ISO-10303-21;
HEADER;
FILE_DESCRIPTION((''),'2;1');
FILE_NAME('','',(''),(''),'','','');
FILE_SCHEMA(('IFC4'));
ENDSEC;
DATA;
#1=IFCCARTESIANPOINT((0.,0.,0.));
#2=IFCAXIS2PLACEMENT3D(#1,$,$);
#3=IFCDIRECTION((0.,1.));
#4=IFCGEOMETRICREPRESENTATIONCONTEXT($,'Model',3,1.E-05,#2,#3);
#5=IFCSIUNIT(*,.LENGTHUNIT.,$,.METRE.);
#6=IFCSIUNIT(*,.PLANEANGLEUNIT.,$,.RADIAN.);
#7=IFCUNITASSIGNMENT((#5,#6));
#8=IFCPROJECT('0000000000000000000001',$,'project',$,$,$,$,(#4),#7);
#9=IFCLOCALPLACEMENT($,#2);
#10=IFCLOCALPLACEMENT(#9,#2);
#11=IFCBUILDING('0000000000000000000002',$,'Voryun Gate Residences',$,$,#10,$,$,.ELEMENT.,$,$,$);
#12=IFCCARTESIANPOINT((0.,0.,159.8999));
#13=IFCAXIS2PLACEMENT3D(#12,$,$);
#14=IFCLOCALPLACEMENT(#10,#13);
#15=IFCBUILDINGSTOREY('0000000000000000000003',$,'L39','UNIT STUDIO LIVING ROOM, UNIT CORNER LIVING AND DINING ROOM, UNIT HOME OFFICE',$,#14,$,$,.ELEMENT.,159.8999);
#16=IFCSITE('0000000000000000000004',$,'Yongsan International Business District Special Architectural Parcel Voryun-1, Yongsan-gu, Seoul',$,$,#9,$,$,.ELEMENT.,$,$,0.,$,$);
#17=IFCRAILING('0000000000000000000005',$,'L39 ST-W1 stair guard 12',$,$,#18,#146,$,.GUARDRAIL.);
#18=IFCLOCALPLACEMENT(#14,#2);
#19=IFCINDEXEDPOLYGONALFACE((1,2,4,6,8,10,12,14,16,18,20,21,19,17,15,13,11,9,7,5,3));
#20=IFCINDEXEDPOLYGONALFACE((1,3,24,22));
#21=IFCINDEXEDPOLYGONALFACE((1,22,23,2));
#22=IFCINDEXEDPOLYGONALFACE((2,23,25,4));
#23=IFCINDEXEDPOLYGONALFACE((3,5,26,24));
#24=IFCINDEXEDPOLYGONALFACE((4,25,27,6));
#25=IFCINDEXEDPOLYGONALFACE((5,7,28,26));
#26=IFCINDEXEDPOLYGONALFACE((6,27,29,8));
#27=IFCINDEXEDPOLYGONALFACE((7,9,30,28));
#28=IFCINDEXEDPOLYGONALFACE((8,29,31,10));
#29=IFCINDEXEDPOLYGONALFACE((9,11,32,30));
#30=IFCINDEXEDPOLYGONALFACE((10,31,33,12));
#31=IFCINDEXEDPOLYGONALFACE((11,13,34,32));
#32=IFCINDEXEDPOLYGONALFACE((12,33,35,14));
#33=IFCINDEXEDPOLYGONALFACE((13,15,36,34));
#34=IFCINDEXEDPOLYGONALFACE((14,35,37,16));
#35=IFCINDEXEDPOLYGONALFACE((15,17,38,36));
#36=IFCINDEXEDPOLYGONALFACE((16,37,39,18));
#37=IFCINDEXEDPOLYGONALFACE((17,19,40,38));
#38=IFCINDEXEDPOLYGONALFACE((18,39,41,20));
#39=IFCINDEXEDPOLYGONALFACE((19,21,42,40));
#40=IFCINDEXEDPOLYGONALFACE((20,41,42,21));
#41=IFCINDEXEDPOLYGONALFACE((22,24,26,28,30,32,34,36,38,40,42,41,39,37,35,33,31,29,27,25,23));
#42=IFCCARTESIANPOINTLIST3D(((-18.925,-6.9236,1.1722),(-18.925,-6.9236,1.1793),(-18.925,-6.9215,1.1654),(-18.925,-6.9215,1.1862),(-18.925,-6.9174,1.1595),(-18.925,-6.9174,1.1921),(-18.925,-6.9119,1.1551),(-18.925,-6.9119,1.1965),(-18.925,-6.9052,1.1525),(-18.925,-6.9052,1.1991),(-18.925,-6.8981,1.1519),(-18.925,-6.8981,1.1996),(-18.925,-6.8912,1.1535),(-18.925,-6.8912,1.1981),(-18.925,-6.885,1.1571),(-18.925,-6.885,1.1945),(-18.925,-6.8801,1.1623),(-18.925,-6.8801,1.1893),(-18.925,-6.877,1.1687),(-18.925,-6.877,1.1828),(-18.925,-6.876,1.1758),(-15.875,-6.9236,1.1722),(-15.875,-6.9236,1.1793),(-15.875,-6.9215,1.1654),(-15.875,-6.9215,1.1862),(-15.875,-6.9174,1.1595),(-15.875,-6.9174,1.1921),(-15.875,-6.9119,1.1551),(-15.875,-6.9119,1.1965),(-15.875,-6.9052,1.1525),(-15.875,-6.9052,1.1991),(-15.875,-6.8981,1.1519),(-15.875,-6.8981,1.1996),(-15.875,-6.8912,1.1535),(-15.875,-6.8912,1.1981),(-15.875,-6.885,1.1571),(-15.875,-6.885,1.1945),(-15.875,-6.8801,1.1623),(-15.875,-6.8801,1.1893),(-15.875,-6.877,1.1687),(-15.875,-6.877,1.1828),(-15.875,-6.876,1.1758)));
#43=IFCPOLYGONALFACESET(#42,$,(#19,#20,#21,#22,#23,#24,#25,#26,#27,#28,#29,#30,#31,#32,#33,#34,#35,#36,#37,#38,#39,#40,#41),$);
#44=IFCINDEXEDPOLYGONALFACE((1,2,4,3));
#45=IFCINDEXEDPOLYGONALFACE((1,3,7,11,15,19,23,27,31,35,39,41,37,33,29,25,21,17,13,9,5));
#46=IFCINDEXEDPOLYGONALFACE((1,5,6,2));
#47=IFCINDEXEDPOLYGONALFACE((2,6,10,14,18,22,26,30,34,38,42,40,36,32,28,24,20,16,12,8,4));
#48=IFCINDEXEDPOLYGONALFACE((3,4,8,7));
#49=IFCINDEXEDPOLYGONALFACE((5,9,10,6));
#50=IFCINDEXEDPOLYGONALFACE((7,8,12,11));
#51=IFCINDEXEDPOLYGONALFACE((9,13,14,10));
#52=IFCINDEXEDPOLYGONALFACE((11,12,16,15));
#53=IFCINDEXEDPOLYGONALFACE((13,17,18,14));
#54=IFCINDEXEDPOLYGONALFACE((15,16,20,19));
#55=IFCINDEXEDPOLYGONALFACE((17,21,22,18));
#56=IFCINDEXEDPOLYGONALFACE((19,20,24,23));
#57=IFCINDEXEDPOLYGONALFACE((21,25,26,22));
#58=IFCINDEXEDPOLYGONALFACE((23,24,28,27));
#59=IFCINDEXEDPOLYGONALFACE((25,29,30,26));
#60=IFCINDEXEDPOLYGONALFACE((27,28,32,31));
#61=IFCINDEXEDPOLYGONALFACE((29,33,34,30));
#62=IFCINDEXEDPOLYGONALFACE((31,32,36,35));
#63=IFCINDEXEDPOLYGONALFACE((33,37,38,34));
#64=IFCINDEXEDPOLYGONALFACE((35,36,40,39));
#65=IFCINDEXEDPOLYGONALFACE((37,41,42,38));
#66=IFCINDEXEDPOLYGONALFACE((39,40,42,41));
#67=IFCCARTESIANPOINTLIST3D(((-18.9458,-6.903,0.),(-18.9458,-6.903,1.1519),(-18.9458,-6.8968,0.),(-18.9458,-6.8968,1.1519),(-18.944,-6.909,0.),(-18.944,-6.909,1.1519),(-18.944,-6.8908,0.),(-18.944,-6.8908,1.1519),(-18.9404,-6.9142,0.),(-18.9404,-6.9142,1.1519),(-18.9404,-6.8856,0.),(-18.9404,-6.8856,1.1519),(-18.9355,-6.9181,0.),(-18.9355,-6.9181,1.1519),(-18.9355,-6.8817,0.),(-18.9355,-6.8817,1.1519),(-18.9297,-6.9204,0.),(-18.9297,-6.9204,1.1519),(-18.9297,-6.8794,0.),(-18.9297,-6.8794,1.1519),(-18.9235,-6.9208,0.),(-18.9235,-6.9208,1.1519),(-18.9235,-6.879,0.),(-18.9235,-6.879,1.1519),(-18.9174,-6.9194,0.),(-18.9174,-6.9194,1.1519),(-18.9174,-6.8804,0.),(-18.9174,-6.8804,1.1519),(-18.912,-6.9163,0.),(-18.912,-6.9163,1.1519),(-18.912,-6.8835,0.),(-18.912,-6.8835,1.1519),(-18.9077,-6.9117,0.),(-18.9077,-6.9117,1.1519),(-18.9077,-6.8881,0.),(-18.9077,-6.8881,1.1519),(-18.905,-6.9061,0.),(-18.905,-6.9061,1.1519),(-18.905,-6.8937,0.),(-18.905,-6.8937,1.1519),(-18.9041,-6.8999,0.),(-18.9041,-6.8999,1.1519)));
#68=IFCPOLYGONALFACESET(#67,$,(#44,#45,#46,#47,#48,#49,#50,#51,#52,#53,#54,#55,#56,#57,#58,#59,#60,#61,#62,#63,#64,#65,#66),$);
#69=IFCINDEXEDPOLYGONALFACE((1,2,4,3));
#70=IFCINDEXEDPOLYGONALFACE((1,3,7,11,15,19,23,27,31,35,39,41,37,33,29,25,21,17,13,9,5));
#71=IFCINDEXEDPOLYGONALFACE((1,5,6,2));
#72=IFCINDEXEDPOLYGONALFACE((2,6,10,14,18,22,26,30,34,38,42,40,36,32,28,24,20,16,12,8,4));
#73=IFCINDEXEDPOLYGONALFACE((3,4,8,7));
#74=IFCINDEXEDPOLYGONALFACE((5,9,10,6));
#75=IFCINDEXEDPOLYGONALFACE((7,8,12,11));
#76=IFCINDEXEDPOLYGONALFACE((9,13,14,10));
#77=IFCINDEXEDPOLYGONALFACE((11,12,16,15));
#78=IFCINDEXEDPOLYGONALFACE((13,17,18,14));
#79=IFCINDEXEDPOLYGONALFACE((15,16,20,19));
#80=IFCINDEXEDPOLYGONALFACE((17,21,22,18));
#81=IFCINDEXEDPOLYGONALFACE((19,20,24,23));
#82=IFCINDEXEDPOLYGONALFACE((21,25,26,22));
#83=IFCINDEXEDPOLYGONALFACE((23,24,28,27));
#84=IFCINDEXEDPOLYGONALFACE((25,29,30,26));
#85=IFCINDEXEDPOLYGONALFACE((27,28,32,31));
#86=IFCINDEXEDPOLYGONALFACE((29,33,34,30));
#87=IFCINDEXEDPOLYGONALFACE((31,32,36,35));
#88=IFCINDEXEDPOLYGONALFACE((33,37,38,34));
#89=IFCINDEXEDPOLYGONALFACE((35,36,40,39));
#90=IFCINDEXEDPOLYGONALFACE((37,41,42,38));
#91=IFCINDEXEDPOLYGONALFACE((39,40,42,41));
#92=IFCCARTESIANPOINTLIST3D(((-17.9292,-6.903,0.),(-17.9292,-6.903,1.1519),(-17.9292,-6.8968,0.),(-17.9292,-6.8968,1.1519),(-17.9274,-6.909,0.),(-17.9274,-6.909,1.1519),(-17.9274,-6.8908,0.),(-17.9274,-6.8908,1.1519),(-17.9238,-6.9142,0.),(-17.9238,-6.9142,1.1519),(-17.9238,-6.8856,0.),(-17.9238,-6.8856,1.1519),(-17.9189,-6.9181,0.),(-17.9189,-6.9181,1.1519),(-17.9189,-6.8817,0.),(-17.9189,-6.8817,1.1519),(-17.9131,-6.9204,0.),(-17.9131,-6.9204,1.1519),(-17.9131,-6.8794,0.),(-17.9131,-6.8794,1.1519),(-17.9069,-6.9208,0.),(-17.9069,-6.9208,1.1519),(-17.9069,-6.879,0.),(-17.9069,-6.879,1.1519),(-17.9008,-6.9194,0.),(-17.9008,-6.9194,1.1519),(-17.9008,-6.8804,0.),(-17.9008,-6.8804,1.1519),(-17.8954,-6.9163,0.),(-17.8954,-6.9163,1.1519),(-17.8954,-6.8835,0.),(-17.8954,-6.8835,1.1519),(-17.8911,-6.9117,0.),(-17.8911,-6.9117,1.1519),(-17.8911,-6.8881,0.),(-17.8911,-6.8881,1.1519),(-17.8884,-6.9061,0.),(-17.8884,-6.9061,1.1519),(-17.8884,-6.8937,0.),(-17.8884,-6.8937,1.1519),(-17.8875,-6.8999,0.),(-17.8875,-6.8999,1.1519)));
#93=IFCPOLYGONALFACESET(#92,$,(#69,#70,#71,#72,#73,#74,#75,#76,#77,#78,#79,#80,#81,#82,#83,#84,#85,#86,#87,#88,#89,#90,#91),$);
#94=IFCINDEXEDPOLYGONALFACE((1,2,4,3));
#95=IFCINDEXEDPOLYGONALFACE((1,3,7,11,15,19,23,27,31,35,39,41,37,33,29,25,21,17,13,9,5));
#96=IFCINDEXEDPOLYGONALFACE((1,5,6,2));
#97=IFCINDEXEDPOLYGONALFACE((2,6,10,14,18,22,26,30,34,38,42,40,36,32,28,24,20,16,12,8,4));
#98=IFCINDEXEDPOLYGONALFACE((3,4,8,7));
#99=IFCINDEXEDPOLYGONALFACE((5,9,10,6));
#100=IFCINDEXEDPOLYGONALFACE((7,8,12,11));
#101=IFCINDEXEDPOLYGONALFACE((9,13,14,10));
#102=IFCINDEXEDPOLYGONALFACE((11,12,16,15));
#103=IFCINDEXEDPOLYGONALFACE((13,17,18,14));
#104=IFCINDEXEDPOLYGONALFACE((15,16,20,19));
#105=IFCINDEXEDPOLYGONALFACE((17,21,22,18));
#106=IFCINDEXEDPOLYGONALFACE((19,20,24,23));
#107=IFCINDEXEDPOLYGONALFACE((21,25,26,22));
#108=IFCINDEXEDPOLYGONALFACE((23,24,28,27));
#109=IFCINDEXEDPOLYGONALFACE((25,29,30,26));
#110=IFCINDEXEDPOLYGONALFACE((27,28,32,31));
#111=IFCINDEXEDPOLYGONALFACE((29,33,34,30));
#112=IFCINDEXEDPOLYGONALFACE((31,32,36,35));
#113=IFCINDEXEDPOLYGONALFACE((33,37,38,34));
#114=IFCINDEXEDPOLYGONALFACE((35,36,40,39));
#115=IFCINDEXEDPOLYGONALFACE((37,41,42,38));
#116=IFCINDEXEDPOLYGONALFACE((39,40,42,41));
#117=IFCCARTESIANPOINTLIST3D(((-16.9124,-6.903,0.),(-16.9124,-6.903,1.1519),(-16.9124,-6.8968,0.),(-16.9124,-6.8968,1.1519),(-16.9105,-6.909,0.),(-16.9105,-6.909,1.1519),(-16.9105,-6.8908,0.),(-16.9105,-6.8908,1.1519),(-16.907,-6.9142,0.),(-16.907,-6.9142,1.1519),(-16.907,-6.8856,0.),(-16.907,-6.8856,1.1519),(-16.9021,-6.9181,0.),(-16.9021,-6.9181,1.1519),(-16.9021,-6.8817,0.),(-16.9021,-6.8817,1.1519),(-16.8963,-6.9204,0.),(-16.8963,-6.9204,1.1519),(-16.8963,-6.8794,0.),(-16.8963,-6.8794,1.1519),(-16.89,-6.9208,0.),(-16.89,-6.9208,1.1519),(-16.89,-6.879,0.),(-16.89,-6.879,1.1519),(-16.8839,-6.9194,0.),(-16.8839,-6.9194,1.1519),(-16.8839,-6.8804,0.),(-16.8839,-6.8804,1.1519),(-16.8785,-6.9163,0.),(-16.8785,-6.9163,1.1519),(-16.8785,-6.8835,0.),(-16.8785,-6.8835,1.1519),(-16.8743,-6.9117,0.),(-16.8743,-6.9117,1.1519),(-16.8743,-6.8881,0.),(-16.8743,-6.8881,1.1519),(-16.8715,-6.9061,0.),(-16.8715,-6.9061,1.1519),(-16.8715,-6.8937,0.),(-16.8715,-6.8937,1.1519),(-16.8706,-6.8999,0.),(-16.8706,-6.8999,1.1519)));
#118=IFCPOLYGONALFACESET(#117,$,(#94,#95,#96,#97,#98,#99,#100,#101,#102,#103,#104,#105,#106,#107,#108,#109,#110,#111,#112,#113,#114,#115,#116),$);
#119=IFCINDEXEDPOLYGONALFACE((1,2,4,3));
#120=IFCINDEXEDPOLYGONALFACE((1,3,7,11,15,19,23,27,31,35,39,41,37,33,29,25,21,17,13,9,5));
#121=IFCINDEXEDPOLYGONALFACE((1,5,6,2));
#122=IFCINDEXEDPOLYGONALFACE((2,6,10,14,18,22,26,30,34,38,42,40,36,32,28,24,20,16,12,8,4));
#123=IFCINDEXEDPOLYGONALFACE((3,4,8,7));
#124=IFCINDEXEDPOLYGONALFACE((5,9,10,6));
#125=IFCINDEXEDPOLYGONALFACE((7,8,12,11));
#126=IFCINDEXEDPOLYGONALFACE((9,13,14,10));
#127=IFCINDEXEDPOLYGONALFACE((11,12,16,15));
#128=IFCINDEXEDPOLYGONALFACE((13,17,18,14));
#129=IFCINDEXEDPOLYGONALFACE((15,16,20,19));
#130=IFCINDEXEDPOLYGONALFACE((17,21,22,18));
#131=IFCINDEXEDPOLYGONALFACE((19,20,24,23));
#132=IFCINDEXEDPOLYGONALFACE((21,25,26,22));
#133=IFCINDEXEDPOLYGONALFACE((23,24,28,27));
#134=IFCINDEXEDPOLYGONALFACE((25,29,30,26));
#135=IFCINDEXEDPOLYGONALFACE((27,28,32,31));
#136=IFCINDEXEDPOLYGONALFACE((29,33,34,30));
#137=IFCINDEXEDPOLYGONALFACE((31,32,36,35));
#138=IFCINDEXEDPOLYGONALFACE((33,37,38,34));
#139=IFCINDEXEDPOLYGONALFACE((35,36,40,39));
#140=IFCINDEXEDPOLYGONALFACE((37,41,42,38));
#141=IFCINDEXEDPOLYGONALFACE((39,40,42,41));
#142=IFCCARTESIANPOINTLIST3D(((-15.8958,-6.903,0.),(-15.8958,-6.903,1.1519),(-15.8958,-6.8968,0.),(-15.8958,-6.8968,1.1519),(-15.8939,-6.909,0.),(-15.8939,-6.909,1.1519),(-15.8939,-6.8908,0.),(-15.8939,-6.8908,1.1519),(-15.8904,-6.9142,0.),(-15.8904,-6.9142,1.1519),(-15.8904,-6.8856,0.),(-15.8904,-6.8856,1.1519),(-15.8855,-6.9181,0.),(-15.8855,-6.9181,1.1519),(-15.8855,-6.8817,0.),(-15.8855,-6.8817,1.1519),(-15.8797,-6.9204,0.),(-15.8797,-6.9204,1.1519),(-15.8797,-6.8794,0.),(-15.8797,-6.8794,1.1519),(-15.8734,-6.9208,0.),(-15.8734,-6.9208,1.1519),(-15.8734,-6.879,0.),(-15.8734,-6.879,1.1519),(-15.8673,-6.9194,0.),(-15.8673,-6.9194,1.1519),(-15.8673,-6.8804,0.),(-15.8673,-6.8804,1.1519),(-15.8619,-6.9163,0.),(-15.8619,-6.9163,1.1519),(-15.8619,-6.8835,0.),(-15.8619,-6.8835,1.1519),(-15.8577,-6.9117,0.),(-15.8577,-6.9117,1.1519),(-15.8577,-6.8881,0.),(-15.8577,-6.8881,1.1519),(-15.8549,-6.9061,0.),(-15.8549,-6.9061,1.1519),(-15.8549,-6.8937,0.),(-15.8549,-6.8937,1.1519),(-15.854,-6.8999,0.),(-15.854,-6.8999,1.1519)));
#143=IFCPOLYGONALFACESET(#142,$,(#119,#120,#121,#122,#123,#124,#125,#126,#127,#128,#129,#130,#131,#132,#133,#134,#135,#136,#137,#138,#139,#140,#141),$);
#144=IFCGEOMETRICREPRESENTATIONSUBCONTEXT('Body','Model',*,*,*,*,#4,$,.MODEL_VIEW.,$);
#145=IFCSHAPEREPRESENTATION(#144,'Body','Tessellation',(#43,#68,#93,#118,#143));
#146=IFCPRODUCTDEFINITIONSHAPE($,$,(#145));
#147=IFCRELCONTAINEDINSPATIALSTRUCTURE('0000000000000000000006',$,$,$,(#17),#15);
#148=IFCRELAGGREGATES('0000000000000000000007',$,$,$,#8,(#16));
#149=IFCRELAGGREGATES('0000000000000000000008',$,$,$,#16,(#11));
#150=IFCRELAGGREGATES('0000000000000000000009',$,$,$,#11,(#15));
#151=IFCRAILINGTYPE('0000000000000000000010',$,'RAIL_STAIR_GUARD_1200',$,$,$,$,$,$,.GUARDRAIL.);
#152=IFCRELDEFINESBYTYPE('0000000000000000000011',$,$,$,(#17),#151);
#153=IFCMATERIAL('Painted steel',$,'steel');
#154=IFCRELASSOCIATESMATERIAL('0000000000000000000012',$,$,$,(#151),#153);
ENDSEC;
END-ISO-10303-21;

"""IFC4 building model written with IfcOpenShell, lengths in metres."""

from ifc_helpers import new_model, si_unit, direction, frame, origin, origin_2d, place, context, subcontext, project, spatial, circle, extrude, material, type_object, element, save


model = new_model("IFC4")

# Units and contexts
model_context = context("Model", 3, precision=1e-05, world=origin(), true_north=direction((0.0, 1.0)))
body_context = subcontext(model_context, "Body", "Model", "MODEL_VIEW")
ifc_project = project(units=[si_unit("LENGTHUNIT", "METRE"), si_unit("PLANEANGLEUNIT", "RADIAN")], contexts=[model_context])

# Site, building, storey
site_placement = place(None, origin())
site = spatial("IfcSite", under=ifc_project, at=site_placement, Name="Yongsan International Business District Special Architectural Parcel Voryun-1, Yongsan-gu, Seoul", CompositionType="ELEMENT", RefElevation=0.0)
building_placement = place(site_placement, origin())
building = spatial("IfcBuilding", under=site, at=building_placement, Name="Voryun Gate Residences", CompositionType="ELEMENT")
storey_placement = place(building_placement, frame((0.0, 0.0, 159.8999)))
storey = spatial("IfcBuildingStorey", under=building, at=storey_placement, Name="L39", Description="UNIT STUDIO LIVING ROOM, UNIT CORNER LIVING AND DINING ROOM, UNIT HOME OFFICE", CompositionType="ELEMENT", Elevation=159.8999)

# Railing
ifc_material_1 = material(Name="Painted steel", Category="steel")
railing_type = type_object("IfcRailingType", Name="RAIL_STAIR_GUARD_1200", PredefinedType="GUARDRAIL", material=ifc_material_1)
railing_1_placement = place(storey_placement, frame((-18.925, -6.8999, 0.0)))
element("IfcRailing", 1, at=railing_1_placement, inside=storey, type_object=railing_type, Name="L39 ST-W1 stair guard 12", PredefinedType="GUARDRAIL", context=body_context, shape_type="SweptSolid", body=[
    extrude(circle(Radius=0.0239, at=origin_2d()), frame((0.0, 0.0, 1.1758), z_axis=(1.0, 0.0, 0.0), x_axis=(0.0, 1.0, 0.0)), (0.0, 0.0, 1.0), 3.05),
    extrude(circle(Radius=0.021, at=origin_2d()), origin(), (0.0, 0.0, 1.0), 1.1519),
    extrude(circle(Radius=0.021, at=origin_2d()), frame((1.0166, 0.0, 0.0)), (0.0, 0.0, 1.0), 1.1519),
    extrude(circle(Radius=0.021, at=origin_2d()), frame((2.0334, 0.0, 0.0)), (0.0, 0.0, 1.0), 1.1519),
    extrude(circle(Radius=0.021, at=origin_2d()), frame((3.05, 0.0, 0.0)), (0.0, 0.0, 1.0), 1.1519),
])

save(model, "model.ifc")
